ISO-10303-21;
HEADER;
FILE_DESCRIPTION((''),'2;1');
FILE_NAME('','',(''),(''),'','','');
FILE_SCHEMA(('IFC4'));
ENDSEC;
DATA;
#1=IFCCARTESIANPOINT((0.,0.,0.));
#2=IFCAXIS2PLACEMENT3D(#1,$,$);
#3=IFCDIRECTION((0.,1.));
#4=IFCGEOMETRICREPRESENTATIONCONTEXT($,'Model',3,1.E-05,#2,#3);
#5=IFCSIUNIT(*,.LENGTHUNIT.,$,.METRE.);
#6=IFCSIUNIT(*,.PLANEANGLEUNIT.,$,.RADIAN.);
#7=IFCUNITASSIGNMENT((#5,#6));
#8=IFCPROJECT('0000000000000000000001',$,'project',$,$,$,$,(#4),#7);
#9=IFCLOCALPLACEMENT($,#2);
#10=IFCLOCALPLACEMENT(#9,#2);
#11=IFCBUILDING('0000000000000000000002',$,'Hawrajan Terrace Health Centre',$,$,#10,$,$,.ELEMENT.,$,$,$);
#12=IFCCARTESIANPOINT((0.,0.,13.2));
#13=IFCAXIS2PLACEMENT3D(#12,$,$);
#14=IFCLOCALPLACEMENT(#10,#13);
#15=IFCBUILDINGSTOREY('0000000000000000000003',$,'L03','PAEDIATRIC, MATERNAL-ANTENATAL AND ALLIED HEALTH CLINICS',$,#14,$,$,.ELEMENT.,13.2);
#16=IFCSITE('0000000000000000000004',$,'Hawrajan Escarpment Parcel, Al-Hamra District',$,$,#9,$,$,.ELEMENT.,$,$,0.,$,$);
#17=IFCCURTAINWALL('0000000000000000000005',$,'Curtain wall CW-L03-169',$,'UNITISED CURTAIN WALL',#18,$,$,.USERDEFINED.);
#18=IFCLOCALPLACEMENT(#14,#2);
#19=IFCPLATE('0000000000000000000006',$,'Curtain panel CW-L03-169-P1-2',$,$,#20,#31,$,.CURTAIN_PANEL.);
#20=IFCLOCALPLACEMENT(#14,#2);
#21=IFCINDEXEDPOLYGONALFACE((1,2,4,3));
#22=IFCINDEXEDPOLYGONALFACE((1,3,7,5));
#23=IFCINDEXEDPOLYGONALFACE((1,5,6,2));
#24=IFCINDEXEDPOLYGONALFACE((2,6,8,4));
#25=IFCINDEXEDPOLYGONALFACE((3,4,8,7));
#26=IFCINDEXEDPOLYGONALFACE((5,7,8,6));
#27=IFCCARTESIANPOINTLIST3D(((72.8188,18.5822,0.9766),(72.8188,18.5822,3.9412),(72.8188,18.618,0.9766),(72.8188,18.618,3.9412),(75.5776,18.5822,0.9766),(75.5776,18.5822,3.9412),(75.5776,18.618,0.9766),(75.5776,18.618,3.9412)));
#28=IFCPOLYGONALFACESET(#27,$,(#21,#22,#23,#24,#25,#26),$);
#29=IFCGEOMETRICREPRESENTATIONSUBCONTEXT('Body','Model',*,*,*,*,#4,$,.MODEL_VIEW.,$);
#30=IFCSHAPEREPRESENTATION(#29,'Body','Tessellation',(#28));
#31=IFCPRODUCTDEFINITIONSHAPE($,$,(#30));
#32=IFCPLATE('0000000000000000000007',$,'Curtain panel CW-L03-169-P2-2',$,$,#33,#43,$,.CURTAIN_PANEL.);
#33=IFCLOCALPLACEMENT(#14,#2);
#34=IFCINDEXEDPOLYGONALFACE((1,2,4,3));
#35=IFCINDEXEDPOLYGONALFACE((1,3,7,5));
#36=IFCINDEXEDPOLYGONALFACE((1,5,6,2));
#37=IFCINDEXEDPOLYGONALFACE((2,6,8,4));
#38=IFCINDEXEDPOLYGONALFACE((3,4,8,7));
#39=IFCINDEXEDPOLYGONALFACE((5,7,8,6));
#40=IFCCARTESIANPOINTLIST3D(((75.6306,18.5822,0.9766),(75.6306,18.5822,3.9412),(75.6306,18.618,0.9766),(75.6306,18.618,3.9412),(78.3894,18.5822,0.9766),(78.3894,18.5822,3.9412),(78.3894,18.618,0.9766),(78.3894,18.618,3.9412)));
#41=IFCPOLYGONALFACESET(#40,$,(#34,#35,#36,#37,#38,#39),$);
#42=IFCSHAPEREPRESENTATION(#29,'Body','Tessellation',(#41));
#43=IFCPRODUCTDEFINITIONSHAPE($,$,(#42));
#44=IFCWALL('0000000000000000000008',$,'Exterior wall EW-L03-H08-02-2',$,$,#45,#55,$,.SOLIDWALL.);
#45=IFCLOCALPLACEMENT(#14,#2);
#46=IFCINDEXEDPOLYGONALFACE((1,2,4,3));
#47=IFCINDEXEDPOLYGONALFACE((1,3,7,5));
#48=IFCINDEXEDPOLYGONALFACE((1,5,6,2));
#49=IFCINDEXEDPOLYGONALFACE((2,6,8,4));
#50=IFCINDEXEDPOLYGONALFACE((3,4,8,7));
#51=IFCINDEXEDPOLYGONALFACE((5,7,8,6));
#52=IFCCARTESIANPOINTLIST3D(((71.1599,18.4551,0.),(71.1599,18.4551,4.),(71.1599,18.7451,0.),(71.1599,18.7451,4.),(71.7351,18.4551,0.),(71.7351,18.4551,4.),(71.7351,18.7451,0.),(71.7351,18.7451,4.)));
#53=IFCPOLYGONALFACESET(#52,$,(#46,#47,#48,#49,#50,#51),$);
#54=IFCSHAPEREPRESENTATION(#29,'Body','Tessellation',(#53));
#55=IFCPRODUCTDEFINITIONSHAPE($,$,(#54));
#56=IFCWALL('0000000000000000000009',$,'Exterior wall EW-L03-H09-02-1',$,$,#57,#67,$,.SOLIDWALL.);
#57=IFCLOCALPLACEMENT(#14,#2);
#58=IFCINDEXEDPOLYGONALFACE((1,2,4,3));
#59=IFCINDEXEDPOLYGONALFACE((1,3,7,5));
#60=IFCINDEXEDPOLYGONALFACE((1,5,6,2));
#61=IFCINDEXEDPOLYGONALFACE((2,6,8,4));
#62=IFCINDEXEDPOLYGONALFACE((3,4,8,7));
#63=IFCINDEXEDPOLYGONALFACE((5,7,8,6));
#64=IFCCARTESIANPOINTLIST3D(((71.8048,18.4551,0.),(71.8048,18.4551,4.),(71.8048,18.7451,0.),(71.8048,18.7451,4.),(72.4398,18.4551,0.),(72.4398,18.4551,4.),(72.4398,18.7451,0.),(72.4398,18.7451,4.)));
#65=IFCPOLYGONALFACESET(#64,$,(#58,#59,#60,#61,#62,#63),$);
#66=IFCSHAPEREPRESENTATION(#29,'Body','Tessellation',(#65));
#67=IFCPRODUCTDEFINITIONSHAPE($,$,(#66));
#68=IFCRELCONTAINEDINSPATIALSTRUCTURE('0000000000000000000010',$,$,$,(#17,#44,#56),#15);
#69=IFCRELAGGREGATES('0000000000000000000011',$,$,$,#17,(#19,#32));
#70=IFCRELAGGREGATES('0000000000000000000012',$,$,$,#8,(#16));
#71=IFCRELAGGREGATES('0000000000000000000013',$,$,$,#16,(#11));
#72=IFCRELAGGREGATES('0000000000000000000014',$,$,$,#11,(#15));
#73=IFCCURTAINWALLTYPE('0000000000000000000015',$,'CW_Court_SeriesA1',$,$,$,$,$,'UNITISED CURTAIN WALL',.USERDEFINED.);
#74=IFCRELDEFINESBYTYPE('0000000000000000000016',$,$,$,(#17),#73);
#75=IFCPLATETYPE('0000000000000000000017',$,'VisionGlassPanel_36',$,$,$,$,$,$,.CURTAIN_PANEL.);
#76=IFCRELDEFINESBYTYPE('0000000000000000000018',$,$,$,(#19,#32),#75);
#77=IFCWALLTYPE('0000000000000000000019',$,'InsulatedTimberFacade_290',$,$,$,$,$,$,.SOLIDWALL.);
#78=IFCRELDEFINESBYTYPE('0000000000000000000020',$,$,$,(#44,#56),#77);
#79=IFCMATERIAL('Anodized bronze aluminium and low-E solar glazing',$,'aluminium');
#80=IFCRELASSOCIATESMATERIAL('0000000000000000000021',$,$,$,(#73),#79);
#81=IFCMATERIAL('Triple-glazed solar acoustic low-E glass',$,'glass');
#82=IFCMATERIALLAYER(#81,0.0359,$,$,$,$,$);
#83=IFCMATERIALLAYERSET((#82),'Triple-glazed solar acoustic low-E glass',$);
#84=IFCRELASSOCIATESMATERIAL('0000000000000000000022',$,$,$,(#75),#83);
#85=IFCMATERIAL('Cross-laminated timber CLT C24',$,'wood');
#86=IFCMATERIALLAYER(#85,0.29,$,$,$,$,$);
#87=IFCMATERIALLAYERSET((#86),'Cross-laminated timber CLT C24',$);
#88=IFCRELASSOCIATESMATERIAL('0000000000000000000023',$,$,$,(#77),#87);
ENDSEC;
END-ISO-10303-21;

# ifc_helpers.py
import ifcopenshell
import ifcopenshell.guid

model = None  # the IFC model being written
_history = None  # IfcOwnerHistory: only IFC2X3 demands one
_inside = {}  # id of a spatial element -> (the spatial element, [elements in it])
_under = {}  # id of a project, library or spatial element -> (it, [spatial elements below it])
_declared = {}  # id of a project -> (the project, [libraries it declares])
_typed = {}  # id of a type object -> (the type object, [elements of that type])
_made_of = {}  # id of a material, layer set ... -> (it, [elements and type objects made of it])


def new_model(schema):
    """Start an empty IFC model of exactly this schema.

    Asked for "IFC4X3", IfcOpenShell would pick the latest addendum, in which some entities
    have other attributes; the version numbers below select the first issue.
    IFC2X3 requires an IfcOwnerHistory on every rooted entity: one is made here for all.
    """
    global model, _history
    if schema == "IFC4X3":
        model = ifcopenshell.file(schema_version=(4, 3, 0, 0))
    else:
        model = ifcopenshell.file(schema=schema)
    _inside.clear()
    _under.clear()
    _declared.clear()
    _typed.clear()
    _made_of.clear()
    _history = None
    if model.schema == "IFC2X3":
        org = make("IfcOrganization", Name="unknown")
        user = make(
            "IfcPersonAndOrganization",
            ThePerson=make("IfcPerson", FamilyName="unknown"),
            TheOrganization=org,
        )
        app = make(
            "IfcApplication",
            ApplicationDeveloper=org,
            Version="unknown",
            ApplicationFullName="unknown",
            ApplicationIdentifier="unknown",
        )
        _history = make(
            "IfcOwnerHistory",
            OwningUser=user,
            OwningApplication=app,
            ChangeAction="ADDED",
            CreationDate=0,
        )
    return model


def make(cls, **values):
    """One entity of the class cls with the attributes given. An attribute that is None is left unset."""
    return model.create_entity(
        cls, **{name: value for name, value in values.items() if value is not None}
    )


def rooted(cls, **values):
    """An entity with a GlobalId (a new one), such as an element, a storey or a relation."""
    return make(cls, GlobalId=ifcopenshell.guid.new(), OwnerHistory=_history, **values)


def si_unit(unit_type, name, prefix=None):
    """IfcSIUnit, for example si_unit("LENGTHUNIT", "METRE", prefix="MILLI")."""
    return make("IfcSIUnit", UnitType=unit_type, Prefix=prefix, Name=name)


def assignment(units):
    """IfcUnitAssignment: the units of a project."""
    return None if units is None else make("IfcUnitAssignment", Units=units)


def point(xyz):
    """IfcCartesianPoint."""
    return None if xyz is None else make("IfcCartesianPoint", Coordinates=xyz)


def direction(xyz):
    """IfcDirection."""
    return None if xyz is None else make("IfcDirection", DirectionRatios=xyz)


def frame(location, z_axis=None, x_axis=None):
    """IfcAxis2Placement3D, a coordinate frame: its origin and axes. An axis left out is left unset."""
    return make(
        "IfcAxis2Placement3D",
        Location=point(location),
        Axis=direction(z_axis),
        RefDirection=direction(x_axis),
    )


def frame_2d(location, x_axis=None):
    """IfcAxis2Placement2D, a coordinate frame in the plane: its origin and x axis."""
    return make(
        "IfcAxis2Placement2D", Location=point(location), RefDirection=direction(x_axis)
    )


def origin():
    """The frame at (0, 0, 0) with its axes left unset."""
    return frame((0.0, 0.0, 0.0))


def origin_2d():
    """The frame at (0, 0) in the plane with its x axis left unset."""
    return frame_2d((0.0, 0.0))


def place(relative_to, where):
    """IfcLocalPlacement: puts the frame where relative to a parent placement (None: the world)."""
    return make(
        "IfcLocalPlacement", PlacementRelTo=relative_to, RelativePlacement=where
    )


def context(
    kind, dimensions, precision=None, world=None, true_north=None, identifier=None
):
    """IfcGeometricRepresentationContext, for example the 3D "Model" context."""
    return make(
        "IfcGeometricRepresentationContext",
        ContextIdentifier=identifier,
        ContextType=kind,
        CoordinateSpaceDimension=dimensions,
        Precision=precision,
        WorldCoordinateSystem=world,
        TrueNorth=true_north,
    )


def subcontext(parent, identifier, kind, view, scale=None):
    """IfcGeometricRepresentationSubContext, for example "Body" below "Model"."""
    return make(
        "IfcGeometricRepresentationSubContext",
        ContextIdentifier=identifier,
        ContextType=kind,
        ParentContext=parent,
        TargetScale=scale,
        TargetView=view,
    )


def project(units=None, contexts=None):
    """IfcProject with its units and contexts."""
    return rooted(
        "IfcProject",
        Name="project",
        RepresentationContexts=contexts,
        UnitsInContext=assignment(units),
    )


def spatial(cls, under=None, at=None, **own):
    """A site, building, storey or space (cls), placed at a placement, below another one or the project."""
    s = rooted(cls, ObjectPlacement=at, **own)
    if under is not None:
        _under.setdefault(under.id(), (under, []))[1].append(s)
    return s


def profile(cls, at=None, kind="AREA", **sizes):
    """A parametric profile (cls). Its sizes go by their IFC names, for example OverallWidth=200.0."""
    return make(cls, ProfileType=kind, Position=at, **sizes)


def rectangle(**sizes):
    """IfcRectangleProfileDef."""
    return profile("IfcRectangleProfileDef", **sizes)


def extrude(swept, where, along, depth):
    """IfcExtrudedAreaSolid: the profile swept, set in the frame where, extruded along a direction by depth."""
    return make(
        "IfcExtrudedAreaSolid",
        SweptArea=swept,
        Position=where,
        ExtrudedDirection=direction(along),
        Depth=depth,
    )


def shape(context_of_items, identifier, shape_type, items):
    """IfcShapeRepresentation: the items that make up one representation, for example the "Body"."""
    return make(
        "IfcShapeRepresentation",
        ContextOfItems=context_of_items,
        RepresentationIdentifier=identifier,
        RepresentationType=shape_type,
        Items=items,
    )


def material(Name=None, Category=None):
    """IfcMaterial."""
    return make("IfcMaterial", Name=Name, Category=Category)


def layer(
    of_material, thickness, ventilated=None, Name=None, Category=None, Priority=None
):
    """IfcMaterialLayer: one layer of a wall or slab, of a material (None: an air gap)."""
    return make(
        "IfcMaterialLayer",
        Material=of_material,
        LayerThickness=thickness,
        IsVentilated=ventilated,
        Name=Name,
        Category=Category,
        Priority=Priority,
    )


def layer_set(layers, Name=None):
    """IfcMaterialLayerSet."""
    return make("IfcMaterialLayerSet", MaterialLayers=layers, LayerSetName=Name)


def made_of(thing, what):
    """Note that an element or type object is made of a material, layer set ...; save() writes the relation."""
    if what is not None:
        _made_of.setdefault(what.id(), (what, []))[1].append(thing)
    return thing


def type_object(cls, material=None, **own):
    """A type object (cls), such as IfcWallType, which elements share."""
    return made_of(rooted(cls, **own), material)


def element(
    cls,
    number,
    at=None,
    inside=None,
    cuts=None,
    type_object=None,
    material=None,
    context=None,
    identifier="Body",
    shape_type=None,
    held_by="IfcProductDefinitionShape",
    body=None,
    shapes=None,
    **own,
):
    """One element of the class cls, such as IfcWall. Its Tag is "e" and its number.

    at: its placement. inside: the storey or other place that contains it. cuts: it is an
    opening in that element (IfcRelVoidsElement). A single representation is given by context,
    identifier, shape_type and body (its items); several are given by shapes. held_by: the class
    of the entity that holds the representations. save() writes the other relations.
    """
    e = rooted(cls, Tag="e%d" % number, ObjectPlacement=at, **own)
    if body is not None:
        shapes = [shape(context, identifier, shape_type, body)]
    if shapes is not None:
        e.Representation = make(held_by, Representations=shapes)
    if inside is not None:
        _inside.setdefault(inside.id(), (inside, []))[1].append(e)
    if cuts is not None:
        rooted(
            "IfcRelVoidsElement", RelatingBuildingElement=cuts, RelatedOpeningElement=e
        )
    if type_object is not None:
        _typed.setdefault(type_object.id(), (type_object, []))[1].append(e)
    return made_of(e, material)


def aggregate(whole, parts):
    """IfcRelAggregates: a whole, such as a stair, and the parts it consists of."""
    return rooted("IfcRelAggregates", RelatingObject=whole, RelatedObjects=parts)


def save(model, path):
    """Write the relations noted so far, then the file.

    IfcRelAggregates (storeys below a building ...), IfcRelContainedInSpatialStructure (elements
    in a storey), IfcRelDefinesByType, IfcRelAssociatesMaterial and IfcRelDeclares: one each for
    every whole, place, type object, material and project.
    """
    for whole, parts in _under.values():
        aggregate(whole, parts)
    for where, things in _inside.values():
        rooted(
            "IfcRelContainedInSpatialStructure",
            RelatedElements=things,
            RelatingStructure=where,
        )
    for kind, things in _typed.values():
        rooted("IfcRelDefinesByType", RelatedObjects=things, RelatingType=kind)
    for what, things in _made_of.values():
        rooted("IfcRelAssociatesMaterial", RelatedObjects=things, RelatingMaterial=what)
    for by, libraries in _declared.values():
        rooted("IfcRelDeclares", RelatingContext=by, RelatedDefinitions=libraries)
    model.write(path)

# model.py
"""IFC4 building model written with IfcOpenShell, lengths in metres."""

from ifc_helpers import new_model, si_unit, direction, frame, frame_2d, origin, origin_2d, place, context, subcontext, project, spatial, rectangle, extrude, material, layer, layer_set, type_object, element, aggregate, save


model = new_model("IFC4")

# Units and contexts
model_context = context("Model", 3, precision=1e-05, world=origin(), true_north=direction((0.0, 1.0)))
body_context = subcontext(model_context, "Body", "Model", "MODEL_VIEW")
ifc_project = project(units=[si_unit("LENGTHUNIT", "METRE"), si_unit("PLANEANGLEUNIT", "RADIAN")], contexts=[model_context])

# Site, building, storey
site_placement = place(None, origin())
site = spatial("IfcSite", under=ifc_project, at=site_placement, Name="Hawrajan Escarpment Parcel, Al-Hamra District", CompositionType="ELEMENT", RefElevation=0.0)
building_placement = place(site_placement, origin())
building = spatial("IfcBuilding", under=site, at=building_placement, Name="Hawrajan Terrace Health Centre", CompositionType="ELEMENT")
storey_placement = place(building_placement, frame((0.0, 0.0, 13.2)))
storey = spatial("IfcBuildingStorey", under=building, at=storey_placement, Name="L03", Description="PAEDIATRIC, MATERNAL-ANTENATAL AND ALLIED HEALTH CLINICS", CompositionType="ELEMENT", Elevation=13.2)

# Curtain wall
ifc_material_1 = material(Name="Anodized bronze aluminium and low-E solar glazing", Category="aluminium")
curtain_wall_type_1 = type_object("IfcCurtainWallType", Name="CW_Court_SeriesA1", ElementType="UNITISED CURTAIN WALL", PredefinedType="USERDEFINED", material=ifc_material_1)
curtain_wall_1_placement = place(storey_placement, origin())
curtain_wall_1 = element("IfcCurtainWall", 1, at=curtain_wall_1_placement, inside=storey, type_object=curtain_wall_type_1, Name="Curtain wall CW-L03-169", ObjectType="UNITISED CURTAIN WALL", PredefinedType="USERDEFINED")

# Plates
ifc_material_2 = material(Name="Triple-glazed solar acoustic low-E glass", Category="glass")
ifc_layer_1 = layer(ifc_material_2, 0.0359)
ifc_layer_set_1 = layer_set([ifc_layer_1], Name="Triple-glazed solar acoustic low-E glass")
plate_type_1 = type_object("IfcPlateType", Name="VisionGlassPanel_36", PredefinedType="CURTAIN_PANEL", material=ifc_layer_set_1)
plate_1_placement = place(storey_placement, frame((74.1982, 18.6001, 0.9766), z_axis=(0.0, 0.0, 1.0), x_axis=(1.0, 0.0, 0.0)))
plate_1 = element("IfcPlate", 2, at=plate_1_placement, type_object=plate_type_1, Name="Curtain panel CW-L03-169-P1-2", PredefinedType="CURTAIN_PANEL", context=body_context, shape_type="SweptSolid", body=[
    extrude(rectangle(XDim=2.7588, YDim=0.0359, at=origin_2d()), origin(), (0.0, 0.0, 1.0), 2.9646),
])
plate_2_placement = place(storey_placement, frame((77.01, 18.6001, 0.9766), z_axis=(0.0, 0.0, 1.0), x_axis=(1.0, 0.0, 0.0)))
plate_2 = element("IfcPlate", 3, at=plate_2_placement, type_object=plate_type_1, Name="Curtain panel CW-L03-169-P2-2", PredefinedType="CURTAIN_PANEL", context=body_context, shape_type="SweptSolid", body=[
    extrude(rectangle(XDim=2.7588, YDim=0.0359, at=origin_2d()), origin(), (0.0, 0.0, 1.0), 2.9646),
])
aggregate(curtain_wall_1, [plate_1, plate_2])

# Walls
ifc_material_3 = material(Name="Cross-laminated timber CLT C24", Category="wood")
ifc_layer_2 = layer(ifc_material_3, 0.29)
ifc_layer_set_2 = layer_set([ifc_layer_2], Name="Cross-laminated timber CLT C24")
wall_type = type_object("IfcWallType", Name="InsulatedTimberFacade_290", PredefinedType="SOLIDWALL", material=ifc_layer_set_2)
wall_1_placement = place(storey_placement, frame((71.1599, 18.6001, 0.0), z_axis=(0.0, 0.0, 1.0), x_axis=(1.0, 0.0, 0.0)))
element("IfcWall", 4, at=wall_1_placement, inside=storey, type_object=wall_type, Name="Exterior wall EW-L03-H08-02-2", PredefinedType="SOLIDWALL", context=body_context, shape_type="SweptSolid", body=[
    extrude(rectangle(XDim=0.5752, YDim=0.29, at=frame_2d((0.2876, 0.0))), origin(), (0.0, 0.0, 1.0), 4.0),
])
wall_2_placement = place(storey_placement, frame((71.8049, 18.6001, 0.0), z_axis=(0.0, 0.0, 1.0), x_axis=(1.0, 0.0, 0.0)))
element("IfcWall", 5, at=wall_2_placement, inside=storey, type_object=wall_type, Name="Exterior wall EW-L03-H09-02-1", PredefinedType="SOLIDWALL", context=body_context, shape_type="SweptSolid", body=[
    extrude(rectangle(XDim=0.635, YDim=0.29, at=frame_2d((0.3174, 0.0))), origin(), (0.0, 0.0, 1.0), 4.0),
])

save(model, "model.ifc")
